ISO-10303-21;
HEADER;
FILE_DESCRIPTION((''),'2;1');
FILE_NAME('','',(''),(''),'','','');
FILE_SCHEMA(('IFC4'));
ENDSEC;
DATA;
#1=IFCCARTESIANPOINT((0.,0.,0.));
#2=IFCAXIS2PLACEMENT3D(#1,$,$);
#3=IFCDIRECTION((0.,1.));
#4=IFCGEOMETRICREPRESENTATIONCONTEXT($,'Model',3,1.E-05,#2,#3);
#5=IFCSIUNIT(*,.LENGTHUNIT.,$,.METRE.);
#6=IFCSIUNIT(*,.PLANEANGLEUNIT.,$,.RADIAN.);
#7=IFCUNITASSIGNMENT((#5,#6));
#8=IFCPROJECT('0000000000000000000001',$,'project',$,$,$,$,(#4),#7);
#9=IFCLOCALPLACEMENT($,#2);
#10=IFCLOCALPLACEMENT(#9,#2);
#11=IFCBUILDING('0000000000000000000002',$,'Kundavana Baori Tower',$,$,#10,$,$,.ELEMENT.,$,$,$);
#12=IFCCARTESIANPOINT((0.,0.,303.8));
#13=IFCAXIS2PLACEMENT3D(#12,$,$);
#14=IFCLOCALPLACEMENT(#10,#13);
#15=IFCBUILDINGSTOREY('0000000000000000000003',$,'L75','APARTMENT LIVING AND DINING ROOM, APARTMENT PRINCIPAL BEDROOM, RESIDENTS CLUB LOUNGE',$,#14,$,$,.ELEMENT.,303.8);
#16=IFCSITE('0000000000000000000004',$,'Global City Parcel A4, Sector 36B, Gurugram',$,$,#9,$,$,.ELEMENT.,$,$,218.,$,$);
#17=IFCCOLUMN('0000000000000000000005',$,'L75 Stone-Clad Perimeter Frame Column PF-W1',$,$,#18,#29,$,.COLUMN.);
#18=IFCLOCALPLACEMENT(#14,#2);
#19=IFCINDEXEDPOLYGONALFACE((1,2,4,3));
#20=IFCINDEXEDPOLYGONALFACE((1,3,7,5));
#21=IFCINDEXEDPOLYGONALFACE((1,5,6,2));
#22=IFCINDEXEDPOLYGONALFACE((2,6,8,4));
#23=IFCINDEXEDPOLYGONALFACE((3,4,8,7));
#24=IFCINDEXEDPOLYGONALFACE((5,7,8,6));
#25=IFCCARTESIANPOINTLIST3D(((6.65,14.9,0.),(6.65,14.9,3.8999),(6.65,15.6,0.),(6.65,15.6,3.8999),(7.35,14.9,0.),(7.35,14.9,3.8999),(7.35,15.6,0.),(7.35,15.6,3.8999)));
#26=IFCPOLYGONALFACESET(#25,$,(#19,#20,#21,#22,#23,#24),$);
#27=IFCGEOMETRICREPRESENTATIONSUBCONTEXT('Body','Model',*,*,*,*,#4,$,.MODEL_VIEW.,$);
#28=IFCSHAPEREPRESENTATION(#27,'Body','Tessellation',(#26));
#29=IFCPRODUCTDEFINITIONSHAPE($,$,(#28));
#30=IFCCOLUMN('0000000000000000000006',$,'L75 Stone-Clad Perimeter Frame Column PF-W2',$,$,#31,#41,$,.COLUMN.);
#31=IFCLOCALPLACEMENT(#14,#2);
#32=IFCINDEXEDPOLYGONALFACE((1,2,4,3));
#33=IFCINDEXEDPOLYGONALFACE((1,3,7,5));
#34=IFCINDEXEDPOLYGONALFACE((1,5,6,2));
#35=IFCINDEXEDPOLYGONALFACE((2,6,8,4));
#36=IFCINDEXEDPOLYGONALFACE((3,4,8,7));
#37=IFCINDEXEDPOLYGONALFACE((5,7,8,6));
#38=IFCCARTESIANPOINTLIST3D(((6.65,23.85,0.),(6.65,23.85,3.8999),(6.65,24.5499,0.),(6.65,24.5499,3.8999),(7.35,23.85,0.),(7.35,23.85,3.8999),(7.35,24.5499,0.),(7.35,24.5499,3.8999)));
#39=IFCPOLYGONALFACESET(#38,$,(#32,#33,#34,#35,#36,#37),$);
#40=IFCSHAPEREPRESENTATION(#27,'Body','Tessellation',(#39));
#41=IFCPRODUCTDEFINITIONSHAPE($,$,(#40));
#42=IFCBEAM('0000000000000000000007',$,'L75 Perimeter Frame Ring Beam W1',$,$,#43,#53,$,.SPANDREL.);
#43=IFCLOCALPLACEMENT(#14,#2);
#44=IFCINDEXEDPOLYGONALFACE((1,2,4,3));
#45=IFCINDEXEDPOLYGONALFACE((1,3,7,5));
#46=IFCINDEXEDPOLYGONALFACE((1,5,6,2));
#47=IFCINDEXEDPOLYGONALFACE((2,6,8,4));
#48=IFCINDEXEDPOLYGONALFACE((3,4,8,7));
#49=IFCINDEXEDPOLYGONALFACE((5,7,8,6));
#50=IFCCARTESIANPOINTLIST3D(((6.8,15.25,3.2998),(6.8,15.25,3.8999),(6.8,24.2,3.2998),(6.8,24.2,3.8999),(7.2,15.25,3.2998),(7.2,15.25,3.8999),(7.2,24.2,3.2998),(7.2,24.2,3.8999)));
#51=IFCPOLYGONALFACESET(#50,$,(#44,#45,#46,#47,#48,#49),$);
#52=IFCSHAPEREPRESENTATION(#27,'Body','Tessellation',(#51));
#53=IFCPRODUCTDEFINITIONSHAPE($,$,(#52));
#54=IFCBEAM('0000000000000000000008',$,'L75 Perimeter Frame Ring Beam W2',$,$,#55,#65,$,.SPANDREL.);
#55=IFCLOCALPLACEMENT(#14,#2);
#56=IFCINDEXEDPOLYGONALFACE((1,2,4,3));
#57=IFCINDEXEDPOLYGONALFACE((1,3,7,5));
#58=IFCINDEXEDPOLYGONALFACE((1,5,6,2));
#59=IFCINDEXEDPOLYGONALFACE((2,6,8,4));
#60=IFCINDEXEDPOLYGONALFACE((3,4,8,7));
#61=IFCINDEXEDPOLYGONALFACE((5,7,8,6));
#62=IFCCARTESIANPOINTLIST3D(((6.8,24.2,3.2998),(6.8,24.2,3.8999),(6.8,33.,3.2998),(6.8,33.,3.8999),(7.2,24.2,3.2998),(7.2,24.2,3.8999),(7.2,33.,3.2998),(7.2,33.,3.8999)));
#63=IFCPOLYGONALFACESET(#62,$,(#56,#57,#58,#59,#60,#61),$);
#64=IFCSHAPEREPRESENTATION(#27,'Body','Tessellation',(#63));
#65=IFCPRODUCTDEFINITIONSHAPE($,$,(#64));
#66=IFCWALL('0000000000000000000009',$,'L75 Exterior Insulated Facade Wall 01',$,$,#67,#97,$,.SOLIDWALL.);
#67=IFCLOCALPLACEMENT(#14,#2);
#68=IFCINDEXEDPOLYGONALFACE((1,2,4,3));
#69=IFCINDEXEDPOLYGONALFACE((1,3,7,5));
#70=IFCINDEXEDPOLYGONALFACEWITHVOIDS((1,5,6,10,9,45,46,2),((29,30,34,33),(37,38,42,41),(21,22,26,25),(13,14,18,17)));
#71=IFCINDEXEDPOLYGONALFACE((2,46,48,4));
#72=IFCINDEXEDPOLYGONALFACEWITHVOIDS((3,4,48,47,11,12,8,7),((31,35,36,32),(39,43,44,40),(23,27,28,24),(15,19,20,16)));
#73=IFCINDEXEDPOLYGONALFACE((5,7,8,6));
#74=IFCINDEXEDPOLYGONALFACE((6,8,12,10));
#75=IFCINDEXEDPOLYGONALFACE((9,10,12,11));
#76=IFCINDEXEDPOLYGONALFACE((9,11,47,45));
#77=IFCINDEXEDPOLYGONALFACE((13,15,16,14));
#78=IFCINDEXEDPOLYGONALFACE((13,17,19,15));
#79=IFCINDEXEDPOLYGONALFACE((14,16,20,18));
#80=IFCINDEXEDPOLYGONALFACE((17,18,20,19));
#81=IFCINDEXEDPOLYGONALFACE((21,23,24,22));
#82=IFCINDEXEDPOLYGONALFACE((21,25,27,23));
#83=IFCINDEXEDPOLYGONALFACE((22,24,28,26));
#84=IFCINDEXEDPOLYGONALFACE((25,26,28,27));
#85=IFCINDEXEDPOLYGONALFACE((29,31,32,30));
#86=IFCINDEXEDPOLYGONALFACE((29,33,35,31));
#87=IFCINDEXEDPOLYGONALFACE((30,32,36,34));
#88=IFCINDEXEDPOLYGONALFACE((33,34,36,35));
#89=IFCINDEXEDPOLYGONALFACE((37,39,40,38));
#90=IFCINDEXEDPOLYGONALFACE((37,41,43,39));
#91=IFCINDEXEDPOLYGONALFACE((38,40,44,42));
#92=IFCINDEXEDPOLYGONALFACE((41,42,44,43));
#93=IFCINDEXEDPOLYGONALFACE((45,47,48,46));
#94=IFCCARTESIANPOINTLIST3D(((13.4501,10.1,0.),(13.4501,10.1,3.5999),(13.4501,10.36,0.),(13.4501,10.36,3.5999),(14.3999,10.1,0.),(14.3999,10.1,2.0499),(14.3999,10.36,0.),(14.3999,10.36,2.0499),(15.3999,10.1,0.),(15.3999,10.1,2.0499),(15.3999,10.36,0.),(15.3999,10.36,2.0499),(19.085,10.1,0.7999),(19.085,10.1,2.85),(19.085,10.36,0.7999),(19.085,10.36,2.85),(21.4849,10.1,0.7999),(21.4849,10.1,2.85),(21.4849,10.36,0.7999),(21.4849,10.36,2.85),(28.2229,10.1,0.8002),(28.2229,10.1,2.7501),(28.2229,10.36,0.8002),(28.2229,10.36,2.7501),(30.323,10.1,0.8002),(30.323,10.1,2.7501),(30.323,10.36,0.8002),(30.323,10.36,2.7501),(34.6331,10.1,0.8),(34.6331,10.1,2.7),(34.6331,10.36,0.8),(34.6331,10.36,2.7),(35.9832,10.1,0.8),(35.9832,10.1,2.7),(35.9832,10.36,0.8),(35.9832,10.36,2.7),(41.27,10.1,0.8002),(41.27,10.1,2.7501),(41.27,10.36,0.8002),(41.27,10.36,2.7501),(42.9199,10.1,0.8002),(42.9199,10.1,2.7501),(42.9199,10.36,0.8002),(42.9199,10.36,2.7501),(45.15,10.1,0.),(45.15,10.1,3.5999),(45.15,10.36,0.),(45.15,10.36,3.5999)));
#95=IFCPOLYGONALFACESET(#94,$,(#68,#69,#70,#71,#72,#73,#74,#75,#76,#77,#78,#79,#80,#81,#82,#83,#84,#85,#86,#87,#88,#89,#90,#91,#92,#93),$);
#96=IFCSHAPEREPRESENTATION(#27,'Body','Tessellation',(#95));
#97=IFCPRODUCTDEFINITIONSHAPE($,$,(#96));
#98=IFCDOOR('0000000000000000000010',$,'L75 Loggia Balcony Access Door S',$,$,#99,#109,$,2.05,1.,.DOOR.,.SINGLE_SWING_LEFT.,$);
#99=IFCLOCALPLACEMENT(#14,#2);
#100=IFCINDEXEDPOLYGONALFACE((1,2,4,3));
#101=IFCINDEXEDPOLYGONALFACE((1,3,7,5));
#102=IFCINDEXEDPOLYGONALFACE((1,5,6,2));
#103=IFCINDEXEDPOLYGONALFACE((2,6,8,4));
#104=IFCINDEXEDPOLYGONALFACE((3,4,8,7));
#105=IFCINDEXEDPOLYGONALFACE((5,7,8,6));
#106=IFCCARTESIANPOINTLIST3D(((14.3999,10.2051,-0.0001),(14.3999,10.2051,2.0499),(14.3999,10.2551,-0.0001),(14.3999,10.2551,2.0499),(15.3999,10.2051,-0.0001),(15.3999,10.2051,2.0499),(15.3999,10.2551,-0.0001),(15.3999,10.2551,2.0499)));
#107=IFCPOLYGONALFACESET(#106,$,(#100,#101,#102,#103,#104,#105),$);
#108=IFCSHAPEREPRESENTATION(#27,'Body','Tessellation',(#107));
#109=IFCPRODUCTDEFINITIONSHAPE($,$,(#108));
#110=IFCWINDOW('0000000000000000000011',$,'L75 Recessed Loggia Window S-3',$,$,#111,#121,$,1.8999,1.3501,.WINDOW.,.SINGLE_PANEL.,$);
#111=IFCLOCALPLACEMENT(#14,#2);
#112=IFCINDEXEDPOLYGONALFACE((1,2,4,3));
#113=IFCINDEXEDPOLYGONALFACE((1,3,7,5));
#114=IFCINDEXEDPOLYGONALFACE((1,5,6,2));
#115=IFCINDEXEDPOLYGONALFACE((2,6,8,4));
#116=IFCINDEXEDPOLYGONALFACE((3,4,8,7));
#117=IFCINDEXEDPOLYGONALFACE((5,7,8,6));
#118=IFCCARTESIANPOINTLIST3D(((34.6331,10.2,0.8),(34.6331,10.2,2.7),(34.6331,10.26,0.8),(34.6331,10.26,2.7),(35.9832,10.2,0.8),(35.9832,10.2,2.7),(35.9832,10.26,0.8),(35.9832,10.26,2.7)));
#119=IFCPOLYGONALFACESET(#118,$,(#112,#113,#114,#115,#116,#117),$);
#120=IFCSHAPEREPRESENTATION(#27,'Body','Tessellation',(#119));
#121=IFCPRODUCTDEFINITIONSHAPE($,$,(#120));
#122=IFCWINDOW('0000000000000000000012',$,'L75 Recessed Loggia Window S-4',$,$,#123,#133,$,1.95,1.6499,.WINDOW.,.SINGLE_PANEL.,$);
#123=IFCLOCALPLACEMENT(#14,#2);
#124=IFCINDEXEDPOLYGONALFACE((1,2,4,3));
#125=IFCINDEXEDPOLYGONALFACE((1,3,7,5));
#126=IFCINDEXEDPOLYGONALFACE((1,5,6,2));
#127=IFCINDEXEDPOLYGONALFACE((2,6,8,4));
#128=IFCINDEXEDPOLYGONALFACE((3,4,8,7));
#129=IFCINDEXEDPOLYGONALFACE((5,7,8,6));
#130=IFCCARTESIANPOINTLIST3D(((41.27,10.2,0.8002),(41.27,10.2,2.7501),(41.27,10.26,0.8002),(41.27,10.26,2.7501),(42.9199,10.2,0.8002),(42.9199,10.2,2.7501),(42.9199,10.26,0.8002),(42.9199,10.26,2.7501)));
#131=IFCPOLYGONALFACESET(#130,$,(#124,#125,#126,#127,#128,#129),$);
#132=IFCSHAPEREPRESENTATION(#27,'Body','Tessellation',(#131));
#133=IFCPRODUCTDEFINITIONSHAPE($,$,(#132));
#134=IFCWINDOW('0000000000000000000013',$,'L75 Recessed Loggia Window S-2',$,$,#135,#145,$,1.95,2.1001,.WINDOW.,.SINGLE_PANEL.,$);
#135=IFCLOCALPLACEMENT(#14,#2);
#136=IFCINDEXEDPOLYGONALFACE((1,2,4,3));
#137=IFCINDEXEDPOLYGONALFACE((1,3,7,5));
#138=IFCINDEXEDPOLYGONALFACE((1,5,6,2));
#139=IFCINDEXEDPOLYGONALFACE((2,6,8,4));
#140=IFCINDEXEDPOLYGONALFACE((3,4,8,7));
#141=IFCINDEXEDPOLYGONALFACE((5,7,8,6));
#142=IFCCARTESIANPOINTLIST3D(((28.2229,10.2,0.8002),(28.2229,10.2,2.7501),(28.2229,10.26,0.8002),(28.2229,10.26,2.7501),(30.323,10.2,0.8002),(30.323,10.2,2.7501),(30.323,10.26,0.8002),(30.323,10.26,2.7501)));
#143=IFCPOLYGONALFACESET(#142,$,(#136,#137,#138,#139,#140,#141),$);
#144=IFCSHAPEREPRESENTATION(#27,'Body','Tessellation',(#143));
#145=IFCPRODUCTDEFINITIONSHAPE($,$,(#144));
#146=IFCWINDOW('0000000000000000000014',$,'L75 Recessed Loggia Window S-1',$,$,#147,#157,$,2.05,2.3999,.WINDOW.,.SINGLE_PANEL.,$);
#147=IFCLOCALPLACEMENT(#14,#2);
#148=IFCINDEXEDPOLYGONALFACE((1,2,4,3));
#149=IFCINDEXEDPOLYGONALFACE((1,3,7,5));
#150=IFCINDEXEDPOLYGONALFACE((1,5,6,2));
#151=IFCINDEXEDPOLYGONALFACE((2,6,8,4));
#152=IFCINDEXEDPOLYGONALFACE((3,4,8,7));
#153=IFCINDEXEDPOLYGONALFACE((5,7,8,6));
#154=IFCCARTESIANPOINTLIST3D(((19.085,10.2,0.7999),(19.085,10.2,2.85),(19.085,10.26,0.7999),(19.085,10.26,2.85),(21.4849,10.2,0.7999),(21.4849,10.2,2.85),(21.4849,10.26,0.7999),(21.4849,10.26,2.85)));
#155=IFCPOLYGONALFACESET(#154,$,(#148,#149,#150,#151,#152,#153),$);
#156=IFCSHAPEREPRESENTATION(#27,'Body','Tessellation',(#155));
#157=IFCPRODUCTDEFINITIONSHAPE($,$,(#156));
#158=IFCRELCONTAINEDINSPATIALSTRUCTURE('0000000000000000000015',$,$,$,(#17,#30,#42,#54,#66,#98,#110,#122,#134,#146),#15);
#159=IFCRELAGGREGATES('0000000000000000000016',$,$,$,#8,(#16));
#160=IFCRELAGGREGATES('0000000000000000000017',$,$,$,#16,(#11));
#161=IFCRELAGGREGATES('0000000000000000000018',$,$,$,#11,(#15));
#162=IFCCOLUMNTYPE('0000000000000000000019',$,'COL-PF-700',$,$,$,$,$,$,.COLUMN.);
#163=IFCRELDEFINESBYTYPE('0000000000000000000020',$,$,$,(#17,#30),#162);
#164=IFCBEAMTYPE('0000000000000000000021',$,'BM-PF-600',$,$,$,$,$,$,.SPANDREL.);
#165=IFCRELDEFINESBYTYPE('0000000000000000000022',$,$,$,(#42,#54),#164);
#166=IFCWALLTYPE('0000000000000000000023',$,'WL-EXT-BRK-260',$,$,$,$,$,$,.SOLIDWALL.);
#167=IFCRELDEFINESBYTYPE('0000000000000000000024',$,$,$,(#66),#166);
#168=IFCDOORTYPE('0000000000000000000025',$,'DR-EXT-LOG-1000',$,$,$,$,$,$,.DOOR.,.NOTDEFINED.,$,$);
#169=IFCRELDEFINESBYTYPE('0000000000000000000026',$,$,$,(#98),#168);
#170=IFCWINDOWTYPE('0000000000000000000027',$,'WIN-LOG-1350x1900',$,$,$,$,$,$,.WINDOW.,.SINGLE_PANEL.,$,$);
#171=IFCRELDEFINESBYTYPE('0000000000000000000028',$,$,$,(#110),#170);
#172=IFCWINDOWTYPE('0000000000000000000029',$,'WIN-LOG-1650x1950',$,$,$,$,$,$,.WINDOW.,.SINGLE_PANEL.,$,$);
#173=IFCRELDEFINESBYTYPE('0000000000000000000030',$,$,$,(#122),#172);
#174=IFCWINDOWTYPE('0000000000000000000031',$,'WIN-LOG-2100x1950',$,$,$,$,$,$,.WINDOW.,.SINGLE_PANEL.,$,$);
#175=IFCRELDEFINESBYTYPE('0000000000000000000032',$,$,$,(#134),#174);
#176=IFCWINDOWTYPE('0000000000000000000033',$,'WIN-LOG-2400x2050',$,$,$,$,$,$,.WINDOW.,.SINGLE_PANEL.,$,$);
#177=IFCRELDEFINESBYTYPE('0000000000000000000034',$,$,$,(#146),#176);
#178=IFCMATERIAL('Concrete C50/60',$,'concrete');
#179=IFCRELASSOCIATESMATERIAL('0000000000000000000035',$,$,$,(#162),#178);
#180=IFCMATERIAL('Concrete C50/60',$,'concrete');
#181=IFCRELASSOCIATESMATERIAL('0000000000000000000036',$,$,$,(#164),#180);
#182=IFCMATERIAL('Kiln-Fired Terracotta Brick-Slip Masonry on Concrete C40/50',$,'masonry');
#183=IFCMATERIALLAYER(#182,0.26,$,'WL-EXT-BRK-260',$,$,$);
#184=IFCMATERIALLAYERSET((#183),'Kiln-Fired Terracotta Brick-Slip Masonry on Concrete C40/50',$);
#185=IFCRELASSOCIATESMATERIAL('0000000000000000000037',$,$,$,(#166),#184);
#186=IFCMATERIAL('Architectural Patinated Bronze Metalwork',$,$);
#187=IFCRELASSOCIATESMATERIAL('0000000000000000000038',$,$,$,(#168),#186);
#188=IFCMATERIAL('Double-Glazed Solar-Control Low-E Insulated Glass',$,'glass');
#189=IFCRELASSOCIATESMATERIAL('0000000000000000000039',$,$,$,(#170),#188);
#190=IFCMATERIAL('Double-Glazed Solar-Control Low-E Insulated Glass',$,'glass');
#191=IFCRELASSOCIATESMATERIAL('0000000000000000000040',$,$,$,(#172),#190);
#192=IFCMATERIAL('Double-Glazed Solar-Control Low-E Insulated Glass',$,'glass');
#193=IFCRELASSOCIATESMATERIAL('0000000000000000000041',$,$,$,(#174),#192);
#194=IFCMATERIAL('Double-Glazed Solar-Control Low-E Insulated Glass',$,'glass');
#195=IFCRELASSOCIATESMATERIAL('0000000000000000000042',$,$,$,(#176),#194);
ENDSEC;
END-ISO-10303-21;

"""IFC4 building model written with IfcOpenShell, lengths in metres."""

from ifc_helpers import new_model, si_unit, direction, frame, frame_2d, origin, origin_2d, place, context, subcontext, project, spatial, rectangle, extrude, material, layer, layer_set, material_profile, profile_set, type_object, element, fill, save


model = new_model("IFC4")

# Units and contexts
model_context = context("Model", 3, precision=1e-05, world=origin(), true_north=direction((0.0, 1.0)))
body_context = subcontext(model_context, "Body", "Model", "MODEL_VIEW")
ifc_project = project(units=[si_unit("LENGTHUNIT", "METRE"), si_unit("PLANEANGLEUNIT", "RADIAN")], contexts=[model_context])

# Site, building, storey
site_placement = place(None, origin())
site = spatial("IfcSite", under=ifc_project, at=site_placement, Name="Global City Parcel A4, Sector 36B, Gurugram", CompositionType="ELEMENT", RefElevation=218.0)
building_placement = place(site_placement, origin())
building = spatial("IfcBuilding", under=site, at=building_placement, Name="Kundavana Baori Tower", CompositionType="ELEMENT")
storey_placement = place(building_placement, frame((0.0, 0.0, 303.8)))
storey = spatial("IfcBuildingStorey", under=building, at=storey_placement, Name="L75", Description="APARTMENT LIVING AND DINING ROOM, APARTMENT PRINCIPAL BEDROOM, RESIDENTS CLUB LOUNGE", CompositionType="ELEMENT", Elevation=303.8)

# Columns
ifc_material_1 = material(Name="Concrete C50/60", Category="concrete")
ifc_material_profile_1 = material_profile(ifc_material_1, rectangle(XDim=0.7, YDim=0.7, at=origin_2d()), Name="RC PF 700x700")
ifc_profile_set_1 = profile_set([ifc_material_profile_1], Name="Concrete C50/60")
column_type = type_object("IfcColumnType", Name="COL-PF-700", PredefinedType="COLUMN", material=ifc_profile_set_1)
for number, where, z_axis, x_axis, name in (
    (1, (7.0, 15.25, 0.0), (0.0, 0.0, 1.0), (1.0, 0.0, 0.0), "L75 Stone-Clad Perimeter Frame Column PF-W1"),
    (2, (7.0, 24.2, 0.0), (0.0, 0.0, 1.0), (1.0, 0.0, 0.0), "L75 Stone-Clad Perimeter Frame Column PF-W2"),
):
    element("IfcColumn", number, at=place(storey_placement, frame(where, z_axis=z_axis, x_axis=x_axis)), inside=storey, type_object=column_type, Name=name, PredefinedType="COLUMN", context=body_context, shape_type="SweptSolid", body=[
        extrude(rectangle(XDim=0.7, YDim=0.7, at=origin_2d()), origin(), (0.0, 0.0, 1.0), 3.8999),
    ])

# Beams
ifc_material_2 = material(Name="Concrete C50/60", Category="concrete")
ifc_material_profile_2 = material_profile(ifc_material_2, rectangle(XDim=0.3999, YDim=0.6001, at=origin_2d()), Name="RC BM 400x600")
ifc_profile_set_2 = profile_set([ifc_material_profile_2], Name="Concrete C50/60")
beam_type = type_object("IfcBeamType", Name="BM-PF-600", PredefinedType="SPANDREL", material=ifc_profile_set_2)
beam_1_placement = place(storey_placement, frame((7.0, 15.25, 3.5999), z_axis=(0.0, 1.0, 0.0), x_axis=(-1.0, 0.0, 0.0)))
element("IfcBeam", 3, at=beam_1_placement, inside=storey, type_object=beam_type, Name="L75 Perimeter Frame Ring Beam W1", PredefinedType="SPANDREL", context=body_context, shape_type="SweptSolid", body=[
    extrude(rectangle(XDim=0.3999, YDim=0.6001, at=origin_2d()), origin(), (0.0, 0.0, 1.0), 8.95),
])
beam_2_placement = place(storey_placement, frame((7.0, 24.2, 3.5999), z_axis=(0.0, 1.0, 0.0), x_axis=(-1.0, 0.0, 0.0)))
element("IfcBeam", 4, at=beam_2_placement, inside=storey, type_object=beam_type, Name="L75 Perimeter Frame Ring Beam W2", PredefinedType="SPANDREL", context=body_context, shape_type="SweptSolid", body=[
    extrude(rectangle(XDim=0.3999, YDim=0.6001, at=origin_2d()), origin(), (0.0, 0.0, 1.0), 8.8),
])

# Wall, openings, door, windows
ifc_material_3 = material(Name="Kiln-Fired Terracotta Brick-Slip Masonry on Concrete C40/50", Category="masonry")
ifc_layer_1 = layer(ifc_material_3, 0.26, Name="WL-EXT-BRK-260")
ifc_layer_set_1 = layer_set([ifc_layer_1], Name="Kiln-Fired Terracotta Brick-Slip Masonry on Concrete C40/50")
wall_type_1 = type_object("IfcWallType", Name="WL-EXT-BRK-260", PredefinedType="SOLIDWALL", material=ifc_layer_set_1)
wall_1_placement = place(storey_placement, frame((13.45, 10.23, 0.0), z_axis=(0.0, 0.0, 1.0), x_axis=(1.0, 0.0, 0.0)))
wall_1 = element("IfcWall", 5, at=wall_1_placement, inside=storey, type_object=wall_type_1, Name="L75 Exterior Insulated Facade Wall 01", PredefinedType="SOLIDWALL", context=body_context, shape_type="SweptSolid", body=[
    extrude(rectangle(XDim=31.7, YDim=0.26, at=frame_2d((15.8501, 0.0))), origin(), (0.0, 0.0, 1.0), 3.5999),
])
opening_1_placement = place(wall_1_placement, frame((0.95, 0.0, 0.0)))
opening_1 = element("IfcOpeningElement", 6, at=opening_1_placement, cuts=wall_1, PredefinedType="OPENING", context=body_context, shape_type="SweptSolid", body=[
    extrude(rectangle(XDim=1.0, YDim=2.05, at=frame_2d((0.5, 1.0249))), frame((0.0, 0.1401, 0.0), z_axis=(0.0, -1.0, 0.0), x_axis=(1.0, 0.0, 0.0)), (0.0, 0.0, 1.0), 0.28),
])
opening_2_placement = place(wall_1_placement, frame((5.635, 0.0, 0.8)))
opening_2 = element("IfcOpeningElement", 7, at=opening_2_placement, cuts=wall_1, PredefinedType="OPENING", context=body_context, shape_type="SweptSolid", body=[
    extrude(rectangle(XDim=2.3999, YDim=2.05, at=frame_2d((1.2, 1.0249))), frame((0.0, 0.1401, 0.0), z_axis=(0.0, -1.0, 0.0), x_axis=(1.0, 0.0, 0.0)), (0.0, 0.0, 1.0), 0.28),
])
opening_3_placement = place(wall_1_placement, frame((14.7729, 0.0, 0.8)))
opening_3 = element("IfcOpeningElement", 8, at=opening_3_placement, cuts=wall_1, PredefinedType="OPENING", context=body_context, shape_type="SweptSolid", body=[
    extrude(rectangle(XDim=2.1001, YDim=1.95, at=frame_2d((1.05, 0.9751))), frame((0.0, 0.1401, 0.0), z_axis=(0.0, -1.0, 0.0), x_axis=(1.0, 0.0, 0.0)), (0.0, 0.0, 1.0), 0.28),
])
opening_4_placement = place(wall_1_placement, frame((21.1831, 0.0, 0.8)))
opening_4 = element("IfcOpeningElement", 9, at=opening_4_placement, cuts=wall_1, PredefinedType="OPENING", context=body_context, shape_type="SweptSolid", body=[
    extrude(rectangle(XDim=1.3501, YDim=1.8999, at=frame_2d((0.675, 0.95))), frame((0.0, 0.1401, 0.0), z_axis=(0.0, -1.0, 0.0), x_axis=(1.0, 0.0, 0.0)), (0.0, 0.0, 1.0), 0.28),
])
opening_5_placement = place(wall_1_placement, frame((27.8201, 0.0, 0.8)))
opening_5 = element("IfcOpeningElement", 10, at=opening_5_placement, cuts=wall_1, PredefinedType="OPENING", context=body_context, shape_type="SweptSolid", body=[
    extrude(rectangle(XDim=1.6499, YDim=1.95, at=frame_2d((0.825, 0.9751))), frame((0.0, 0.1401, 0.0), z_axis=(0.0, -1.0, 0.0), x_axis=(1.0, 0.0, 0.0)), (0.0, 0.0, 1.0), 0.28),
])
ifc_material_4 = material(Name="Architectural Patinated Bronze Metalwork")
door_type_1 = type_object("IfcDoorType", Name="DR-EXT-LOG-1000", OperationType="NOTDEFINED", PredefinedType="DOOR", material=ifc_material_4)
door_1_placement = place(opening_1_placement, frame((1.0, 0.0, 0.0), z_axis=(0.0, 0.0, 1.0), x_axis=(-1.0, 0.0, 0.0)))
door_1 = element("IfcDoor", 11, at=door_1_placement, inside=storey, type_object=door_type_1, Name="L75 Loggia Balcony Access Door S", OperationType="SINGLE_SWING_LEFT", OverallHeight=2.05, OverallWidth=1.0, PredefinedType="DOOR", context=body_context, shape_type="SweptSolid", body=[
    extrude(rectangle(XDim=1.0, YDim=2.05, at=frame_2d((0.5, 1.0249))), frame((0.0, 0.0249, 0.0), z_axis=(0.0, -1.0, 0.0), x_axis=(1.0, 0.0, 0.0)), (0.0, 0.0, 1.0), 0.05),
])
fill(opening_1, door_1)
ifc_material_5 = material(Name="Double-Glazed Solar-Control Low-E Insulated Glass", Category="glass")
window_type_1 = type_object("IfcWindowType", Name="WIN-LOG-1350x1900", PartitioningType="SINGLE_PANEL", PredefinedType="WINDOW", material=ifc_material_5)
window_1_placement = place(opening_4_placement, origin())
window_1 = element("IfcWindow", 12, at=window_1_placement, inside=storey, type_object=window_type_1, Name="L75 Recessed Loggia Window S-3", OverallHeight=1.8999, OverallWidth=1.3501, PartitioningType="SINGLE_PANEL", PredefinedType="WINDOW", context=body_context, shape_type="SweptSolid", body=[
    extrude(rectangle(XDim=1.3501, YDim=1.8999, at=frame_2d((0.675, 0.95))), frame((0.0, 0.03, 0.0), z_axis=(0.0, -1.0, 0.0), x_axis=(1.0, 0.0, 0.0)), (0.0, 0.0, 1.0), 0.0601),
])
fill(opening_4, window_1)
ifc_material_6 = material(Name="Double-Glazed Solar-Control Low-E Insulated Glass", Category="glass")
window_type_2 = type_object("IfcWindowType", Name="WIN-LOG-1650x1950", PartitioningType="SINGLE_PANEL", PredefinedType="WINDOW", material=ifc_material_6)
window_2_placement = place(opening_5_placement, origin())
window_2 = element("IfcWindow", 13, at=window_2_placement, inside=storey, type_object=window_type_2, Name="L75 Recessed Loggia Window S-4", OverallHeight=1.95, OverallWidth=1.6499, PartitioningType="SINGLE_PANEL", PredefinedType="WINDOW", context=body_context, shape_type="SweptSolid", body=[
    extrude(rectangle(XDim=1.6499, YDim=1.95, at=frame_2d((0.825, 0.9751))), frame((0.0, 0.03, 0.0), z_axis=(0.0, -1.0, 0.0), x_axis=(1.0, 0.0, 0.0)), (0.0, 0.0, 1.0), 0.0601),
])
fill(opening_5, window_2)
ifc_material_7 = material(Name="Double-Glazed Solar-Control Low-E Insulated Glass", Category="glass")
window_type_3 = type_object("IfcWindowType", Name="WIN-LOG-2100x1950", PartitioningType="SINGLE_PANEL", PredefinedType="WINDOW", material=ifc_material_7)
window_3_placement = place(opening_3_placement, origin())
window_3 = element("IfcWindow", 14, at=window_3_placement, inside=storey, type_object=window_type_3, Name="L75 Recessed Loggia Window S-2", OverallHeight=1.95, OverallWidth=2.1001, PartitioningType="SINGLE_PANEL", PredefinedType="WINDOW", context=body_context, shape_type="SweptSolid", body=[
    extrude(rectangle(XDim=2.1001, YDim=1.95, at=frame_2d((1.05, 0.9751))), frame((0.0, 0.03, 0.0), z_axis=(0.0, -1.0, 0.0), x_axis=(1.0, 0.0, 0.0)), (0.0, 0.0, 1.0), 0.0601),
])
fill(opening_3, window_3)
ifc_material_8 = material(Name="Double-Glazed Solar-Control Low-E Insulated Glass", Category="glass")
window_type_4 = type_object("IfcWindowType", Name="WIN-LOG-2400x2050", PartitioningType="SINGLE_PANEL", PredefinedType="WINDOW", material=ifc_material_8)
window_4_placement = place(opening_2_placement, origin())
window_4 = element("IfcWindow", 15, at=window_4_placement, inside=storey, type_object=window_type_4, Name="L75 Recessed Loggia Window S-1", OverallHeight=2.05, OverallWidth=2.3999, PartitioningType="SINGLE_PANEL", PredefinedType="WINDOW", context=body_context, shape_type="SweptSolid", body=[
    extrude(rectangle(XDim=2.3999, YDim=2.05, at=frame_2d((1.2, 1.0249))), frame((0.0, 0.03, 0.0), z_axis=(0.0, -1.0, 0.0), x_axis=(1.0, 0.0, 0.0)), (0.0, 0.0, 1.0), 0.0601),
])
fill(opening_2, window_4)

save(model, "model.ifc")
